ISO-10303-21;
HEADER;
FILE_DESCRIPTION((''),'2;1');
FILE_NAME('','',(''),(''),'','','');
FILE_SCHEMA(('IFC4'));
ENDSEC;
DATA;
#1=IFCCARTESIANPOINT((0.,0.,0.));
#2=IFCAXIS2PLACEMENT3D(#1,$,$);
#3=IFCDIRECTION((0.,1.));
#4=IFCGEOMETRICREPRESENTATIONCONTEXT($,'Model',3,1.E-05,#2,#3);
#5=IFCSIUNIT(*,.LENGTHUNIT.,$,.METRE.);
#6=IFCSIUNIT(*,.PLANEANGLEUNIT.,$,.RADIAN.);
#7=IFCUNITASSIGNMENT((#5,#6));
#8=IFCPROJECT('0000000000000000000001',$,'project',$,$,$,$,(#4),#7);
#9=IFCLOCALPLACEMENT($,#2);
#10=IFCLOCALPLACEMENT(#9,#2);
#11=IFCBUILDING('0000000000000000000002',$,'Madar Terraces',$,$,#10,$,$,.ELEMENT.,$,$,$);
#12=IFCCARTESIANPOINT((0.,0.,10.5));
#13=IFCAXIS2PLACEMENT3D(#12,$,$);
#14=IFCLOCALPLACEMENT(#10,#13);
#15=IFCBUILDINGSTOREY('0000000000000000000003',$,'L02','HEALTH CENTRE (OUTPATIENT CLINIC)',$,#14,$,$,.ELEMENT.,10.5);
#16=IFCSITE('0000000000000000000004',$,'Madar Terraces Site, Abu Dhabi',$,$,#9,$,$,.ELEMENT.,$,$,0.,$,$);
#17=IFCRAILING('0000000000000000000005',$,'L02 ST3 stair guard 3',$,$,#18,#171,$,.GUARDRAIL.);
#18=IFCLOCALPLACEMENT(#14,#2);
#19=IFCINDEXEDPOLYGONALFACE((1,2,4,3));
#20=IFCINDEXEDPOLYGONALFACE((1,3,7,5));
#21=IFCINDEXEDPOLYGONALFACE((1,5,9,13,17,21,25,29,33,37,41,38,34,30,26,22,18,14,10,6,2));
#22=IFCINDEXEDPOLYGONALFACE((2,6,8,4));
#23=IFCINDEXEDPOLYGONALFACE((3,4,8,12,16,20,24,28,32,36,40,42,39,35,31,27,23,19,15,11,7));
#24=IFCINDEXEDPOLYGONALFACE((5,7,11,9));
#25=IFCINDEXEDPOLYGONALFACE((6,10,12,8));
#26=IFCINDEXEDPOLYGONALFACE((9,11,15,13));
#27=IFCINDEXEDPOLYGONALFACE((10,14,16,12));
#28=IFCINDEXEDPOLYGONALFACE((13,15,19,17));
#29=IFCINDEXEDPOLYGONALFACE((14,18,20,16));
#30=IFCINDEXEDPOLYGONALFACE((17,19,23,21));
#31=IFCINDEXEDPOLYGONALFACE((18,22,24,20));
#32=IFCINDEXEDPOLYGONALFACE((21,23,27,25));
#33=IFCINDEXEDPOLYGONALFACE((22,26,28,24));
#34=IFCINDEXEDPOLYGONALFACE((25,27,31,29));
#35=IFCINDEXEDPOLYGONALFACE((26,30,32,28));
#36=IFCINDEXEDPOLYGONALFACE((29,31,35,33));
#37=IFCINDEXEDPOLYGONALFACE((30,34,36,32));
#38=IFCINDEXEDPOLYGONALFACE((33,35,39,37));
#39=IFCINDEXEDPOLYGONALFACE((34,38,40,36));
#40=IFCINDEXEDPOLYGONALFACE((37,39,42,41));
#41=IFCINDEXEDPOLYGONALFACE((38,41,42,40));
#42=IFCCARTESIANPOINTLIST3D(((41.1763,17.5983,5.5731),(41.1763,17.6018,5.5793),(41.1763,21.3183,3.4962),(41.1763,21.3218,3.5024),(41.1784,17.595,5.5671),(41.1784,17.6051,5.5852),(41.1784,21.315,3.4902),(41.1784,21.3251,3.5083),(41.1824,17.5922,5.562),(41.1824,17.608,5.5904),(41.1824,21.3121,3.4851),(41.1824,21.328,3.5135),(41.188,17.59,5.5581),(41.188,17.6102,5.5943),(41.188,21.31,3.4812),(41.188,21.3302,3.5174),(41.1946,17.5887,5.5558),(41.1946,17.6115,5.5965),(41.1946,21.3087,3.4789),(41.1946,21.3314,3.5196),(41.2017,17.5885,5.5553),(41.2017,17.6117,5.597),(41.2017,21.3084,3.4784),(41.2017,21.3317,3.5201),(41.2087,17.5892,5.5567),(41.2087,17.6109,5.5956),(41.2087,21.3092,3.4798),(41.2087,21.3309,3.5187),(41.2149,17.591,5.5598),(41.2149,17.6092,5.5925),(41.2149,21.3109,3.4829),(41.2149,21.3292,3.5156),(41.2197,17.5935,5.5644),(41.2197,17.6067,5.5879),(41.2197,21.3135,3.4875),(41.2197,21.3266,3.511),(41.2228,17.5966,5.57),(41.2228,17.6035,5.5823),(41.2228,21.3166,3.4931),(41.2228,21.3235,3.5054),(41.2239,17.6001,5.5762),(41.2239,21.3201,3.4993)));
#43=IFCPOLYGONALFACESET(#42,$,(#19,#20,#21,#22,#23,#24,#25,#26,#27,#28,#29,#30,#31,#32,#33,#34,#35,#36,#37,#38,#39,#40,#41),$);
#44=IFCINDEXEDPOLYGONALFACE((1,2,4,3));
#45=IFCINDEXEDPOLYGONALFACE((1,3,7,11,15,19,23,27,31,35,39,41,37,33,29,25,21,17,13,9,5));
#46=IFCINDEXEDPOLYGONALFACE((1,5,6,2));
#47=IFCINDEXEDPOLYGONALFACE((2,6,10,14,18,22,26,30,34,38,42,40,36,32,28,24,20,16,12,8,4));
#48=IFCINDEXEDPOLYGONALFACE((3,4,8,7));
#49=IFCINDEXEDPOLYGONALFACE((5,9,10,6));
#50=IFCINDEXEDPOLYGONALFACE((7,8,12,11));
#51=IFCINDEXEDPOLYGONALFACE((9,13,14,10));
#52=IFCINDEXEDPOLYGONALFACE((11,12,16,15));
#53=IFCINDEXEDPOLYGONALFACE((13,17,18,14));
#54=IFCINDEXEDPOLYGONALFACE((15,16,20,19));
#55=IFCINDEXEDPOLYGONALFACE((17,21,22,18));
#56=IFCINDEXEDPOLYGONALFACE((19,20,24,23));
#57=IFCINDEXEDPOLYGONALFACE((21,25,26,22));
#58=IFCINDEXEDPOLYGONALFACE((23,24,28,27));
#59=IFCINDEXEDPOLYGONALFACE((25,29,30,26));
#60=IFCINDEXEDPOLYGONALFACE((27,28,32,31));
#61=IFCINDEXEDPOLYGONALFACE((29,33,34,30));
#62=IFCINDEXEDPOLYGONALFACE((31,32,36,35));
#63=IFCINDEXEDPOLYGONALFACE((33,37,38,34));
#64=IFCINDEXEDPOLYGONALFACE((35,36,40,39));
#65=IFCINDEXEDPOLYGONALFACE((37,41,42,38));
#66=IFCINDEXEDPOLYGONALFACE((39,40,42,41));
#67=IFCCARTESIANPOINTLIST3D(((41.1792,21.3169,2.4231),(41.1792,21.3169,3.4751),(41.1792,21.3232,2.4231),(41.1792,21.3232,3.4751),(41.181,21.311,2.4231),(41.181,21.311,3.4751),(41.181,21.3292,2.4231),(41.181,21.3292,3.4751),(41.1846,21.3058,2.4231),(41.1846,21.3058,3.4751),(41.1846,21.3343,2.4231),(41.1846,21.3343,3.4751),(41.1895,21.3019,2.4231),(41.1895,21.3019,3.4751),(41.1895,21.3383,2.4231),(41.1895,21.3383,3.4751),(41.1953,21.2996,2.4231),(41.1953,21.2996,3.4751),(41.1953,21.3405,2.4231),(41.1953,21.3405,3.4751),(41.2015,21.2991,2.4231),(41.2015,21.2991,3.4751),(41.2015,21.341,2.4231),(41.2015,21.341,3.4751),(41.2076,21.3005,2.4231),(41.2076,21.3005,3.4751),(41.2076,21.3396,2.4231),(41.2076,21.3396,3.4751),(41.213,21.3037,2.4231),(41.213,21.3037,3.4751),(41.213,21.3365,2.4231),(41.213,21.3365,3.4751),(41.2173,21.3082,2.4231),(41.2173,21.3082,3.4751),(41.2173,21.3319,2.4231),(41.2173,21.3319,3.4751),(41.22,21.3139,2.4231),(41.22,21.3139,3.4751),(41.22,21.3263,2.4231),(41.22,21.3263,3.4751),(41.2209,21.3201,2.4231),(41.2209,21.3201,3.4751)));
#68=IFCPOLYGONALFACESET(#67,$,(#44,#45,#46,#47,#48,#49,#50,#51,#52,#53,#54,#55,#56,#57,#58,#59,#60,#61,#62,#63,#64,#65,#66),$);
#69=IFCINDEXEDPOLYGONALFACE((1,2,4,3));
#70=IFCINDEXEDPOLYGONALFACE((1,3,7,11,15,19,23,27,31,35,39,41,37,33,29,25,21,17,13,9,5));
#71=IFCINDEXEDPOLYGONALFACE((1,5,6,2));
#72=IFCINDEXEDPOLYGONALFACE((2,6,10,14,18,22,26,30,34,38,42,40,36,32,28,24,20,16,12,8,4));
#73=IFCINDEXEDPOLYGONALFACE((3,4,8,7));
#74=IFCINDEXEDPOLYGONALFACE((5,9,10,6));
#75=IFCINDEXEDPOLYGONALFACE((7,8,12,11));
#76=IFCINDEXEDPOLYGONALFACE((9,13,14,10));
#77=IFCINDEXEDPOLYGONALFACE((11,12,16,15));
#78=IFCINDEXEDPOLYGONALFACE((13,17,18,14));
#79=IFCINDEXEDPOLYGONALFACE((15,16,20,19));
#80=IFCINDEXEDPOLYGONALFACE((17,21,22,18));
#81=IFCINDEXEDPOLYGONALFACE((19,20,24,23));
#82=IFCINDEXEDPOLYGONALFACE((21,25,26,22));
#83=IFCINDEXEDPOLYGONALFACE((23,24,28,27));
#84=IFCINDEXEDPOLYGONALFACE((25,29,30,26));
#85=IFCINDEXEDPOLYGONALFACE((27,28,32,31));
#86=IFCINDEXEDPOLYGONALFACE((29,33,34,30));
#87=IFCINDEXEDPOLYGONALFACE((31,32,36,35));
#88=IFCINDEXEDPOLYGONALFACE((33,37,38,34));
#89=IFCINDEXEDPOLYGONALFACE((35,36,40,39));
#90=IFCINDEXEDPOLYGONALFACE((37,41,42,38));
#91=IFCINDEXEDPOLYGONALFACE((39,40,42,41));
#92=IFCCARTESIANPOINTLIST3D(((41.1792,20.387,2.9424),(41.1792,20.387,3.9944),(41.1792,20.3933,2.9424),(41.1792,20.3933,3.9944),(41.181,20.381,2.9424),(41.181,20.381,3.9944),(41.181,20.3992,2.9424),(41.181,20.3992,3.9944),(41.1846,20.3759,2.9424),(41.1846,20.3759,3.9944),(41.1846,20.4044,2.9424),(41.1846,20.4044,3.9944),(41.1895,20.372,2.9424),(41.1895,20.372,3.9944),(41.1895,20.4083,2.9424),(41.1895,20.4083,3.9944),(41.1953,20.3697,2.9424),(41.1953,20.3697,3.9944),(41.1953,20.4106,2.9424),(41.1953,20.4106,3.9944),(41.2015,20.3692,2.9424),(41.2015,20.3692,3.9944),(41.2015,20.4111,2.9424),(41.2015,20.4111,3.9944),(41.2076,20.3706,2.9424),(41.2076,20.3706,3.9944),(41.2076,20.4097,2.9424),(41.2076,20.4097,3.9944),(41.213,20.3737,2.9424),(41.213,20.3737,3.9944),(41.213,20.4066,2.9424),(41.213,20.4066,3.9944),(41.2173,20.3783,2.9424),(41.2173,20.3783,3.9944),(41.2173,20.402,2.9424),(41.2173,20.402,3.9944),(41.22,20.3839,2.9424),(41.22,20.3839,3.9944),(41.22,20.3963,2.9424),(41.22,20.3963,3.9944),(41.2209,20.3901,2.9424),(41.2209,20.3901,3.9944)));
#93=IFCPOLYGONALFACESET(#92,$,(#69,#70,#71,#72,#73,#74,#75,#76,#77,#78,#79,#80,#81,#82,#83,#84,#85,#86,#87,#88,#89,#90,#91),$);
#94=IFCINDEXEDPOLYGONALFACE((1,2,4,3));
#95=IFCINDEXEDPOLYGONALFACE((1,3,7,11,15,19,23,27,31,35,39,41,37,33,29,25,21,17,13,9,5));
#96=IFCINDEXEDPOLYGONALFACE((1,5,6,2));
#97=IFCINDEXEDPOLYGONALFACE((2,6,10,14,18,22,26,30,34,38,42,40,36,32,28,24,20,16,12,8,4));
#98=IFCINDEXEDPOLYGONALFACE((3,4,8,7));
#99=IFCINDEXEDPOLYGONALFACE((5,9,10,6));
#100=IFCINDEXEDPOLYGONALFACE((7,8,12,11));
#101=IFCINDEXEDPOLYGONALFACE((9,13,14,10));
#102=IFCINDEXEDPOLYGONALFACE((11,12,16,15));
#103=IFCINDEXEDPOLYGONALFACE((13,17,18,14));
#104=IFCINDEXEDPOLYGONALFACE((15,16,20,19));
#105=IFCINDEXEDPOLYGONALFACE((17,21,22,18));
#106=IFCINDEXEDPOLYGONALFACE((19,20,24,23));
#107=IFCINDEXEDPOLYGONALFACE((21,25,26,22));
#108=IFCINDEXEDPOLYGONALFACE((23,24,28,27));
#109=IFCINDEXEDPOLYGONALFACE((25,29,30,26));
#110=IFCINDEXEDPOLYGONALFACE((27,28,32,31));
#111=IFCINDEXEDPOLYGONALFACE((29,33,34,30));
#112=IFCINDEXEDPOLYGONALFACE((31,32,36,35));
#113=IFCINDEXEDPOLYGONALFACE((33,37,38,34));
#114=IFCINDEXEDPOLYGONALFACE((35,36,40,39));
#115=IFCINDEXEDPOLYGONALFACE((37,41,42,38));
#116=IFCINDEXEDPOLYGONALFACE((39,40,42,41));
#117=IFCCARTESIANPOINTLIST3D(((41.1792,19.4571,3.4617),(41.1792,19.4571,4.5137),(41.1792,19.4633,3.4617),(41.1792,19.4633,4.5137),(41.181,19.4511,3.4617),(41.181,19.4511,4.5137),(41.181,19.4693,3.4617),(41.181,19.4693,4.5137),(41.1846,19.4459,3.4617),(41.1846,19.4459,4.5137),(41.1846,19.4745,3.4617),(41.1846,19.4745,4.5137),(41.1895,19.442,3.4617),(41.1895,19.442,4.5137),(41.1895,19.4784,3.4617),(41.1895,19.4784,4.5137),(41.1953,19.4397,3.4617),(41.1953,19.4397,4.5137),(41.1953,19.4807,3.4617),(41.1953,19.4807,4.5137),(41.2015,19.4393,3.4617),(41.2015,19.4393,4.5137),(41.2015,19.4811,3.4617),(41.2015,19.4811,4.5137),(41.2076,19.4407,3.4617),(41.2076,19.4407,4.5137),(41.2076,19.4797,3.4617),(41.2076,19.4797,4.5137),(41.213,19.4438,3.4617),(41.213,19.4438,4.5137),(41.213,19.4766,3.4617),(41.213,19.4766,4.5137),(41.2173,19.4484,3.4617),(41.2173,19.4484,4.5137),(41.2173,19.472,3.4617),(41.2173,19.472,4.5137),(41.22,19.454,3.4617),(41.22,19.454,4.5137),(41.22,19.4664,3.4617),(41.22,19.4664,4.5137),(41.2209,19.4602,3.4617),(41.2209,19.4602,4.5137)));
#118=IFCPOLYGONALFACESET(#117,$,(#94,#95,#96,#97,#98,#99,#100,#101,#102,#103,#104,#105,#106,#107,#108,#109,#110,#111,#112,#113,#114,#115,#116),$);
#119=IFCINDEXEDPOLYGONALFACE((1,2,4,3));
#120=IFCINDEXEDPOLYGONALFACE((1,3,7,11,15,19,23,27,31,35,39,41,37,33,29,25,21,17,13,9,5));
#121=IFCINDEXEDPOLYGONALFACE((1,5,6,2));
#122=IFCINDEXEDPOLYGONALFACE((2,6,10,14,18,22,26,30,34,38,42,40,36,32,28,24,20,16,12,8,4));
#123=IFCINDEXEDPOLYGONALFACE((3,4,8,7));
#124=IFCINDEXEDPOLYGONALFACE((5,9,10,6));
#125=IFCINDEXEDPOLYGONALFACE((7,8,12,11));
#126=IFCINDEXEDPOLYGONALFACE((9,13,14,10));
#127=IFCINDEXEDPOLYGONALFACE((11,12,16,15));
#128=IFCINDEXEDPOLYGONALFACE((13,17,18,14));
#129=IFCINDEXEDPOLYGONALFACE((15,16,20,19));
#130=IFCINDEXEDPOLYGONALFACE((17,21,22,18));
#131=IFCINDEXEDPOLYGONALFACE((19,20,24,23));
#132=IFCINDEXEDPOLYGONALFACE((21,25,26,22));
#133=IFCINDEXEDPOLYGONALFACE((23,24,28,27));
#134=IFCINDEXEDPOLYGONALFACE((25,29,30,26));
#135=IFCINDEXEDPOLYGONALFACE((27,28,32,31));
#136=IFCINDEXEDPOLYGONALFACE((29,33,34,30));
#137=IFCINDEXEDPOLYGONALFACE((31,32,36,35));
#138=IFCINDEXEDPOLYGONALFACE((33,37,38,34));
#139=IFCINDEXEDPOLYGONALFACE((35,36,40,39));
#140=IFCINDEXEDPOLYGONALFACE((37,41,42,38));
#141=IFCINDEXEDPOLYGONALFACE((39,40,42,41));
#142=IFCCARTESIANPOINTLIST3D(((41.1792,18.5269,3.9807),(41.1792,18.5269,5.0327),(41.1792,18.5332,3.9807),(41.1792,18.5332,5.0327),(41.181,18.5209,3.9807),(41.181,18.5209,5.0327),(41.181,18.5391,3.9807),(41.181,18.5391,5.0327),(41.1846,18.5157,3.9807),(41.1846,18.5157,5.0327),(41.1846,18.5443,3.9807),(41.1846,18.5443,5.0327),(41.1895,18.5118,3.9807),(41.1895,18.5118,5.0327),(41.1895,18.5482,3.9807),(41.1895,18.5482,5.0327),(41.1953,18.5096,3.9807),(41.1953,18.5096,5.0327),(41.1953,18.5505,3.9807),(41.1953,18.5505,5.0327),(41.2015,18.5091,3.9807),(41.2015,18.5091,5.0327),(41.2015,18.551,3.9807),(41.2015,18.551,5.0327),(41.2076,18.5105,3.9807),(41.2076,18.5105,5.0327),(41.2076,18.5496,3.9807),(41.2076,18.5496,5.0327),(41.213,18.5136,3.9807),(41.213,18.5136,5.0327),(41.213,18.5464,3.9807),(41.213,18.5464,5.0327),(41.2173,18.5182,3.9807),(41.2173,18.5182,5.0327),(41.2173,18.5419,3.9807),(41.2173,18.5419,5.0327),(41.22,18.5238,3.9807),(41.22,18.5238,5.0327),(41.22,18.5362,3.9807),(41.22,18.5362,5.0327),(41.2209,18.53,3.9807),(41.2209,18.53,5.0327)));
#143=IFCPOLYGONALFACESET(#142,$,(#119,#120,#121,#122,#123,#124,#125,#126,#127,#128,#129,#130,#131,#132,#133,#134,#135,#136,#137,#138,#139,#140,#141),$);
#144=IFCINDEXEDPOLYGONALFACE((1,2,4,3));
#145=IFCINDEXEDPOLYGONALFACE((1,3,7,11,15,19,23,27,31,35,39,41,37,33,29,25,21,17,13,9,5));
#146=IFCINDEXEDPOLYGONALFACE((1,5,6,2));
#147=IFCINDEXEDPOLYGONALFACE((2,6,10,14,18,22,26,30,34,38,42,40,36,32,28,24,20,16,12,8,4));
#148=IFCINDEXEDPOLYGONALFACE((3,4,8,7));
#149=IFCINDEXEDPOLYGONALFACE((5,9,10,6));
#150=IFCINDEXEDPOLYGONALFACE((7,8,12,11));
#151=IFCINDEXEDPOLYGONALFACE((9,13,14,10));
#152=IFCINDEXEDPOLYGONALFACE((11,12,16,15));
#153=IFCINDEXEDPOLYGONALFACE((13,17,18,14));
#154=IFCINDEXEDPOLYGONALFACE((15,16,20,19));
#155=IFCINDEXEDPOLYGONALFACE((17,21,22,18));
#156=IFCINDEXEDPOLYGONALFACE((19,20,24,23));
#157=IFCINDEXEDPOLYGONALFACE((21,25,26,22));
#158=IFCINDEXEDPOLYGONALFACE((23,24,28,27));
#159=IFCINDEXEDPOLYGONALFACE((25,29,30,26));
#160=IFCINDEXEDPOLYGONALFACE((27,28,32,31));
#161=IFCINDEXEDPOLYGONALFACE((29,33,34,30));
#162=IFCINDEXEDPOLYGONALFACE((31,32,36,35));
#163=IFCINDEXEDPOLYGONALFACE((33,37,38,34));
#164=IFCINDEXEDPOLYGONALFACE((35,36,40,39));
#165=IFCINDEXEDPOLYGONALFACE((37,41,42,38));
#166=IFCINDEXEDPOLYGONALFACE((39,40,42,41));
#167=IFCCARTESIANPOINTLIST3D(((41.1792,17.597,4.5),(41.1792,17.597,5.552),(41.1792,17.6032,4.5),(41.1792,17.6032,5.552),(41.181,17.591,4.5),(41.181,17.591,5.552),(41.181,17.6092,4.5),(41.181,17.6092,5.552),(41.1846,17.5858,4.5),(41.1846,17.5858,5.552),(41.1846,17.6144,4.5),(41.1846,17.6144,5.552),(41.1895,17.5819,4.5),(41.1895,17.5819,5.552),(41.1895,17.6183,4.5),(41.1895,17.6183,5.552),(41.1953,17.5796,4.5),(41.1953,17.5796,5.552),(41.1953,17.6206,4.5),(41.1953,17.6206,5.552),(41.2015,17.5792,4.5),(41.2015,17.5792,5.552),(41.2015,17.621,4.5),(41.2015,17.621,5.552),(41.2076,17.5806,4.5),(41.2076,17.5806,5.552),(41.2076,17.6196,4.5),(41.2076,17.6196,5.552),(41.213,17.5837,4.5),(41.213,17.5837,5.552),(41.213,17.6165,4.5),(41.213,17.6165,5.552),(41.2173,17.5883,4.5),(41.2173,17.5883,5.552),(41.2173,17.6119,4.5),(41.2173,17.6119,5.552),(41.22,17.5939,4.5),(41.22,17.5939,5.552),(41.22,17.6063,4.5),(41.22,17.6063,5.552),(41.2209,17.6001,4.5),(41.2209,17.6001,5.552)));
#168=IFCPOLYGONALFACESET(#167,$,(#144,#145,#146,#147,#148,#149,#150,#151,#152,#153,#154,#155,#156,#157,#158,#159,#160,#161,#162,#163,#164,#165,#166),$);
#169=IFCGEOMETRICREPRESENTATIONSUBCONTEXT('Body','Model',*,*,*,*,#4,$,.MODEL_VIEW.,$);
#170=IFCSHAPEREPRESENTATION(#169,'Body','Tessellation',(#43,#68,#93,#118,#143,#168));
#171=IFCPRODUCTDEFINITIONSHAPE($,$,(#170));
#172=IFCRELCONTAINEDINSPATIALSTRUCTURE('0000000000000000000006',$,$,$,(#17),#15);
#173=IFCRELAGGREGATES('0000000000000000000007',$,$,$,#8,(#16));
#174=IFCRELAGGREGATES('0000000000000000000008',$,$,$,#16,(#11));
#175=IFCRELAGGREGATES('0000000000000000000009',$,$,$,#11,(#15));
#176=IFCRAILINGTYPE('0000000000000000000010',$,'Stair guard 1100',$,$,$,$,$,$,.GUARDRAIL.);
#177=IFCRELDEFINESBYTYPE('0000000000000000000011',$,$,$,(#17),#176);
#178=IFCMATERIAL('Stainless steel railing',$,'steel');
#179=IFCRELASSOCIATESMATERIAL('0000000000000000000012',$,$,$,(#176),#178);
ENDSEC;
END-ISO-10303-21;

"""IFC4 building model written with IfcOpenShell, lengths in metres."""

from ifc_helpers import new_model, si_unit, direction, frame, origin, origin_2d, place, context, subcontext, project, spatial, circle, extrude, material, type_object, element, save


model = new_model("IFC4")

# Units and contexts
model_context = context("Model", 3, precision=1e-05, world=origin(), true_north=direction((0.0, 1.0)))
body_context = subcontext(model_context, "Body", "Model", "MODEL_VIEW")
ifc_project = project(units=[si_unit("LENGTHUNIT", "METRE"), si_unit("PLANEANGLEUNIT", "RADIAN")], contexts=[model_context])

# Site, building, storey
site_placement = place(None, origin())
site = spatial("IfcSite", under=ifc_project, at=site_placement, Name="Madar Terraces Site, Abu Dhabi", CompositionType="ELEMENT", RefElevation=0.0)
building_placement = place(site_placement, origin())
building = spatial("IfcBuilding", under=site, at=building_placement, Name="Madar Terraces", CompositionType="ELEMENT")
storey_placement = place(building_placement, frame((0.0, 0.0, 10.5)))
storey = spatial("IfcBuildingStorey", under=building, at=storey_placement, Name="L02", Description="HEALTH CENTRE (OUTPATIENT CLINIC)", CompositionType="ELEMENT", Elevation=10.5)

# Railing
ifc_material_1 = material(Name="Stainless steel railing", Category="steel")
railing_type_1 = type_object("IfcRailingType", Name="Stair guard 1100", PredefinedType="GUARDRAIL", material=ifc_material_1)
railing_1_placement = place(storey_placement, frame((41.2, 21.3201, 2.4231)))
element("IfcRailing", 1, at=railing_1_placement, inside=storey, type_object=railing_type_1, Name="L02 ST3 stair guard 3", PredefinedType="GUARDRAIL", context=body_context, shape_type="SweptSolid", body=[
    extrude(circle(Radius=0.0239, at=origin_2d()), frame((0.0, 0.0, 1.0762), z_axis=(0.0, -0.873134, 0.487481), x_axis=(1.0, 0.0, 0.0)), (0.0, 0.0, 1.0), 4.2605),
    extrude(circle(Radius=0.021, at=origin_2d()), origin(), (0.0, 0.0, 1.0), 1.052),
    extrude(circle(Radius=0.021, at=origin_2d()), frame((0.0, -0.9299, 0.5193)), (0.0, 0.0, 1.0), 1.052),
    extrude(circle(Radius=0.021, at=origin_2d()), frame((0.0, -1.8599, 1.0386)), (0.0, 0.0, 1.0), 1.052),
    extrude(circle(Radius=0.021, at=origin_2d()), frame((0.0, -2.79, 1.5576)), (0.0, 0.0, 1.0), 1.052),
    extrude(circle(Radius=0.021, at=origin_2d()), frame((0.0, -3.72, 2.0769)), (0.0, 0.0, 1.0), 1.052),
])

save(model, "model.ifc")
